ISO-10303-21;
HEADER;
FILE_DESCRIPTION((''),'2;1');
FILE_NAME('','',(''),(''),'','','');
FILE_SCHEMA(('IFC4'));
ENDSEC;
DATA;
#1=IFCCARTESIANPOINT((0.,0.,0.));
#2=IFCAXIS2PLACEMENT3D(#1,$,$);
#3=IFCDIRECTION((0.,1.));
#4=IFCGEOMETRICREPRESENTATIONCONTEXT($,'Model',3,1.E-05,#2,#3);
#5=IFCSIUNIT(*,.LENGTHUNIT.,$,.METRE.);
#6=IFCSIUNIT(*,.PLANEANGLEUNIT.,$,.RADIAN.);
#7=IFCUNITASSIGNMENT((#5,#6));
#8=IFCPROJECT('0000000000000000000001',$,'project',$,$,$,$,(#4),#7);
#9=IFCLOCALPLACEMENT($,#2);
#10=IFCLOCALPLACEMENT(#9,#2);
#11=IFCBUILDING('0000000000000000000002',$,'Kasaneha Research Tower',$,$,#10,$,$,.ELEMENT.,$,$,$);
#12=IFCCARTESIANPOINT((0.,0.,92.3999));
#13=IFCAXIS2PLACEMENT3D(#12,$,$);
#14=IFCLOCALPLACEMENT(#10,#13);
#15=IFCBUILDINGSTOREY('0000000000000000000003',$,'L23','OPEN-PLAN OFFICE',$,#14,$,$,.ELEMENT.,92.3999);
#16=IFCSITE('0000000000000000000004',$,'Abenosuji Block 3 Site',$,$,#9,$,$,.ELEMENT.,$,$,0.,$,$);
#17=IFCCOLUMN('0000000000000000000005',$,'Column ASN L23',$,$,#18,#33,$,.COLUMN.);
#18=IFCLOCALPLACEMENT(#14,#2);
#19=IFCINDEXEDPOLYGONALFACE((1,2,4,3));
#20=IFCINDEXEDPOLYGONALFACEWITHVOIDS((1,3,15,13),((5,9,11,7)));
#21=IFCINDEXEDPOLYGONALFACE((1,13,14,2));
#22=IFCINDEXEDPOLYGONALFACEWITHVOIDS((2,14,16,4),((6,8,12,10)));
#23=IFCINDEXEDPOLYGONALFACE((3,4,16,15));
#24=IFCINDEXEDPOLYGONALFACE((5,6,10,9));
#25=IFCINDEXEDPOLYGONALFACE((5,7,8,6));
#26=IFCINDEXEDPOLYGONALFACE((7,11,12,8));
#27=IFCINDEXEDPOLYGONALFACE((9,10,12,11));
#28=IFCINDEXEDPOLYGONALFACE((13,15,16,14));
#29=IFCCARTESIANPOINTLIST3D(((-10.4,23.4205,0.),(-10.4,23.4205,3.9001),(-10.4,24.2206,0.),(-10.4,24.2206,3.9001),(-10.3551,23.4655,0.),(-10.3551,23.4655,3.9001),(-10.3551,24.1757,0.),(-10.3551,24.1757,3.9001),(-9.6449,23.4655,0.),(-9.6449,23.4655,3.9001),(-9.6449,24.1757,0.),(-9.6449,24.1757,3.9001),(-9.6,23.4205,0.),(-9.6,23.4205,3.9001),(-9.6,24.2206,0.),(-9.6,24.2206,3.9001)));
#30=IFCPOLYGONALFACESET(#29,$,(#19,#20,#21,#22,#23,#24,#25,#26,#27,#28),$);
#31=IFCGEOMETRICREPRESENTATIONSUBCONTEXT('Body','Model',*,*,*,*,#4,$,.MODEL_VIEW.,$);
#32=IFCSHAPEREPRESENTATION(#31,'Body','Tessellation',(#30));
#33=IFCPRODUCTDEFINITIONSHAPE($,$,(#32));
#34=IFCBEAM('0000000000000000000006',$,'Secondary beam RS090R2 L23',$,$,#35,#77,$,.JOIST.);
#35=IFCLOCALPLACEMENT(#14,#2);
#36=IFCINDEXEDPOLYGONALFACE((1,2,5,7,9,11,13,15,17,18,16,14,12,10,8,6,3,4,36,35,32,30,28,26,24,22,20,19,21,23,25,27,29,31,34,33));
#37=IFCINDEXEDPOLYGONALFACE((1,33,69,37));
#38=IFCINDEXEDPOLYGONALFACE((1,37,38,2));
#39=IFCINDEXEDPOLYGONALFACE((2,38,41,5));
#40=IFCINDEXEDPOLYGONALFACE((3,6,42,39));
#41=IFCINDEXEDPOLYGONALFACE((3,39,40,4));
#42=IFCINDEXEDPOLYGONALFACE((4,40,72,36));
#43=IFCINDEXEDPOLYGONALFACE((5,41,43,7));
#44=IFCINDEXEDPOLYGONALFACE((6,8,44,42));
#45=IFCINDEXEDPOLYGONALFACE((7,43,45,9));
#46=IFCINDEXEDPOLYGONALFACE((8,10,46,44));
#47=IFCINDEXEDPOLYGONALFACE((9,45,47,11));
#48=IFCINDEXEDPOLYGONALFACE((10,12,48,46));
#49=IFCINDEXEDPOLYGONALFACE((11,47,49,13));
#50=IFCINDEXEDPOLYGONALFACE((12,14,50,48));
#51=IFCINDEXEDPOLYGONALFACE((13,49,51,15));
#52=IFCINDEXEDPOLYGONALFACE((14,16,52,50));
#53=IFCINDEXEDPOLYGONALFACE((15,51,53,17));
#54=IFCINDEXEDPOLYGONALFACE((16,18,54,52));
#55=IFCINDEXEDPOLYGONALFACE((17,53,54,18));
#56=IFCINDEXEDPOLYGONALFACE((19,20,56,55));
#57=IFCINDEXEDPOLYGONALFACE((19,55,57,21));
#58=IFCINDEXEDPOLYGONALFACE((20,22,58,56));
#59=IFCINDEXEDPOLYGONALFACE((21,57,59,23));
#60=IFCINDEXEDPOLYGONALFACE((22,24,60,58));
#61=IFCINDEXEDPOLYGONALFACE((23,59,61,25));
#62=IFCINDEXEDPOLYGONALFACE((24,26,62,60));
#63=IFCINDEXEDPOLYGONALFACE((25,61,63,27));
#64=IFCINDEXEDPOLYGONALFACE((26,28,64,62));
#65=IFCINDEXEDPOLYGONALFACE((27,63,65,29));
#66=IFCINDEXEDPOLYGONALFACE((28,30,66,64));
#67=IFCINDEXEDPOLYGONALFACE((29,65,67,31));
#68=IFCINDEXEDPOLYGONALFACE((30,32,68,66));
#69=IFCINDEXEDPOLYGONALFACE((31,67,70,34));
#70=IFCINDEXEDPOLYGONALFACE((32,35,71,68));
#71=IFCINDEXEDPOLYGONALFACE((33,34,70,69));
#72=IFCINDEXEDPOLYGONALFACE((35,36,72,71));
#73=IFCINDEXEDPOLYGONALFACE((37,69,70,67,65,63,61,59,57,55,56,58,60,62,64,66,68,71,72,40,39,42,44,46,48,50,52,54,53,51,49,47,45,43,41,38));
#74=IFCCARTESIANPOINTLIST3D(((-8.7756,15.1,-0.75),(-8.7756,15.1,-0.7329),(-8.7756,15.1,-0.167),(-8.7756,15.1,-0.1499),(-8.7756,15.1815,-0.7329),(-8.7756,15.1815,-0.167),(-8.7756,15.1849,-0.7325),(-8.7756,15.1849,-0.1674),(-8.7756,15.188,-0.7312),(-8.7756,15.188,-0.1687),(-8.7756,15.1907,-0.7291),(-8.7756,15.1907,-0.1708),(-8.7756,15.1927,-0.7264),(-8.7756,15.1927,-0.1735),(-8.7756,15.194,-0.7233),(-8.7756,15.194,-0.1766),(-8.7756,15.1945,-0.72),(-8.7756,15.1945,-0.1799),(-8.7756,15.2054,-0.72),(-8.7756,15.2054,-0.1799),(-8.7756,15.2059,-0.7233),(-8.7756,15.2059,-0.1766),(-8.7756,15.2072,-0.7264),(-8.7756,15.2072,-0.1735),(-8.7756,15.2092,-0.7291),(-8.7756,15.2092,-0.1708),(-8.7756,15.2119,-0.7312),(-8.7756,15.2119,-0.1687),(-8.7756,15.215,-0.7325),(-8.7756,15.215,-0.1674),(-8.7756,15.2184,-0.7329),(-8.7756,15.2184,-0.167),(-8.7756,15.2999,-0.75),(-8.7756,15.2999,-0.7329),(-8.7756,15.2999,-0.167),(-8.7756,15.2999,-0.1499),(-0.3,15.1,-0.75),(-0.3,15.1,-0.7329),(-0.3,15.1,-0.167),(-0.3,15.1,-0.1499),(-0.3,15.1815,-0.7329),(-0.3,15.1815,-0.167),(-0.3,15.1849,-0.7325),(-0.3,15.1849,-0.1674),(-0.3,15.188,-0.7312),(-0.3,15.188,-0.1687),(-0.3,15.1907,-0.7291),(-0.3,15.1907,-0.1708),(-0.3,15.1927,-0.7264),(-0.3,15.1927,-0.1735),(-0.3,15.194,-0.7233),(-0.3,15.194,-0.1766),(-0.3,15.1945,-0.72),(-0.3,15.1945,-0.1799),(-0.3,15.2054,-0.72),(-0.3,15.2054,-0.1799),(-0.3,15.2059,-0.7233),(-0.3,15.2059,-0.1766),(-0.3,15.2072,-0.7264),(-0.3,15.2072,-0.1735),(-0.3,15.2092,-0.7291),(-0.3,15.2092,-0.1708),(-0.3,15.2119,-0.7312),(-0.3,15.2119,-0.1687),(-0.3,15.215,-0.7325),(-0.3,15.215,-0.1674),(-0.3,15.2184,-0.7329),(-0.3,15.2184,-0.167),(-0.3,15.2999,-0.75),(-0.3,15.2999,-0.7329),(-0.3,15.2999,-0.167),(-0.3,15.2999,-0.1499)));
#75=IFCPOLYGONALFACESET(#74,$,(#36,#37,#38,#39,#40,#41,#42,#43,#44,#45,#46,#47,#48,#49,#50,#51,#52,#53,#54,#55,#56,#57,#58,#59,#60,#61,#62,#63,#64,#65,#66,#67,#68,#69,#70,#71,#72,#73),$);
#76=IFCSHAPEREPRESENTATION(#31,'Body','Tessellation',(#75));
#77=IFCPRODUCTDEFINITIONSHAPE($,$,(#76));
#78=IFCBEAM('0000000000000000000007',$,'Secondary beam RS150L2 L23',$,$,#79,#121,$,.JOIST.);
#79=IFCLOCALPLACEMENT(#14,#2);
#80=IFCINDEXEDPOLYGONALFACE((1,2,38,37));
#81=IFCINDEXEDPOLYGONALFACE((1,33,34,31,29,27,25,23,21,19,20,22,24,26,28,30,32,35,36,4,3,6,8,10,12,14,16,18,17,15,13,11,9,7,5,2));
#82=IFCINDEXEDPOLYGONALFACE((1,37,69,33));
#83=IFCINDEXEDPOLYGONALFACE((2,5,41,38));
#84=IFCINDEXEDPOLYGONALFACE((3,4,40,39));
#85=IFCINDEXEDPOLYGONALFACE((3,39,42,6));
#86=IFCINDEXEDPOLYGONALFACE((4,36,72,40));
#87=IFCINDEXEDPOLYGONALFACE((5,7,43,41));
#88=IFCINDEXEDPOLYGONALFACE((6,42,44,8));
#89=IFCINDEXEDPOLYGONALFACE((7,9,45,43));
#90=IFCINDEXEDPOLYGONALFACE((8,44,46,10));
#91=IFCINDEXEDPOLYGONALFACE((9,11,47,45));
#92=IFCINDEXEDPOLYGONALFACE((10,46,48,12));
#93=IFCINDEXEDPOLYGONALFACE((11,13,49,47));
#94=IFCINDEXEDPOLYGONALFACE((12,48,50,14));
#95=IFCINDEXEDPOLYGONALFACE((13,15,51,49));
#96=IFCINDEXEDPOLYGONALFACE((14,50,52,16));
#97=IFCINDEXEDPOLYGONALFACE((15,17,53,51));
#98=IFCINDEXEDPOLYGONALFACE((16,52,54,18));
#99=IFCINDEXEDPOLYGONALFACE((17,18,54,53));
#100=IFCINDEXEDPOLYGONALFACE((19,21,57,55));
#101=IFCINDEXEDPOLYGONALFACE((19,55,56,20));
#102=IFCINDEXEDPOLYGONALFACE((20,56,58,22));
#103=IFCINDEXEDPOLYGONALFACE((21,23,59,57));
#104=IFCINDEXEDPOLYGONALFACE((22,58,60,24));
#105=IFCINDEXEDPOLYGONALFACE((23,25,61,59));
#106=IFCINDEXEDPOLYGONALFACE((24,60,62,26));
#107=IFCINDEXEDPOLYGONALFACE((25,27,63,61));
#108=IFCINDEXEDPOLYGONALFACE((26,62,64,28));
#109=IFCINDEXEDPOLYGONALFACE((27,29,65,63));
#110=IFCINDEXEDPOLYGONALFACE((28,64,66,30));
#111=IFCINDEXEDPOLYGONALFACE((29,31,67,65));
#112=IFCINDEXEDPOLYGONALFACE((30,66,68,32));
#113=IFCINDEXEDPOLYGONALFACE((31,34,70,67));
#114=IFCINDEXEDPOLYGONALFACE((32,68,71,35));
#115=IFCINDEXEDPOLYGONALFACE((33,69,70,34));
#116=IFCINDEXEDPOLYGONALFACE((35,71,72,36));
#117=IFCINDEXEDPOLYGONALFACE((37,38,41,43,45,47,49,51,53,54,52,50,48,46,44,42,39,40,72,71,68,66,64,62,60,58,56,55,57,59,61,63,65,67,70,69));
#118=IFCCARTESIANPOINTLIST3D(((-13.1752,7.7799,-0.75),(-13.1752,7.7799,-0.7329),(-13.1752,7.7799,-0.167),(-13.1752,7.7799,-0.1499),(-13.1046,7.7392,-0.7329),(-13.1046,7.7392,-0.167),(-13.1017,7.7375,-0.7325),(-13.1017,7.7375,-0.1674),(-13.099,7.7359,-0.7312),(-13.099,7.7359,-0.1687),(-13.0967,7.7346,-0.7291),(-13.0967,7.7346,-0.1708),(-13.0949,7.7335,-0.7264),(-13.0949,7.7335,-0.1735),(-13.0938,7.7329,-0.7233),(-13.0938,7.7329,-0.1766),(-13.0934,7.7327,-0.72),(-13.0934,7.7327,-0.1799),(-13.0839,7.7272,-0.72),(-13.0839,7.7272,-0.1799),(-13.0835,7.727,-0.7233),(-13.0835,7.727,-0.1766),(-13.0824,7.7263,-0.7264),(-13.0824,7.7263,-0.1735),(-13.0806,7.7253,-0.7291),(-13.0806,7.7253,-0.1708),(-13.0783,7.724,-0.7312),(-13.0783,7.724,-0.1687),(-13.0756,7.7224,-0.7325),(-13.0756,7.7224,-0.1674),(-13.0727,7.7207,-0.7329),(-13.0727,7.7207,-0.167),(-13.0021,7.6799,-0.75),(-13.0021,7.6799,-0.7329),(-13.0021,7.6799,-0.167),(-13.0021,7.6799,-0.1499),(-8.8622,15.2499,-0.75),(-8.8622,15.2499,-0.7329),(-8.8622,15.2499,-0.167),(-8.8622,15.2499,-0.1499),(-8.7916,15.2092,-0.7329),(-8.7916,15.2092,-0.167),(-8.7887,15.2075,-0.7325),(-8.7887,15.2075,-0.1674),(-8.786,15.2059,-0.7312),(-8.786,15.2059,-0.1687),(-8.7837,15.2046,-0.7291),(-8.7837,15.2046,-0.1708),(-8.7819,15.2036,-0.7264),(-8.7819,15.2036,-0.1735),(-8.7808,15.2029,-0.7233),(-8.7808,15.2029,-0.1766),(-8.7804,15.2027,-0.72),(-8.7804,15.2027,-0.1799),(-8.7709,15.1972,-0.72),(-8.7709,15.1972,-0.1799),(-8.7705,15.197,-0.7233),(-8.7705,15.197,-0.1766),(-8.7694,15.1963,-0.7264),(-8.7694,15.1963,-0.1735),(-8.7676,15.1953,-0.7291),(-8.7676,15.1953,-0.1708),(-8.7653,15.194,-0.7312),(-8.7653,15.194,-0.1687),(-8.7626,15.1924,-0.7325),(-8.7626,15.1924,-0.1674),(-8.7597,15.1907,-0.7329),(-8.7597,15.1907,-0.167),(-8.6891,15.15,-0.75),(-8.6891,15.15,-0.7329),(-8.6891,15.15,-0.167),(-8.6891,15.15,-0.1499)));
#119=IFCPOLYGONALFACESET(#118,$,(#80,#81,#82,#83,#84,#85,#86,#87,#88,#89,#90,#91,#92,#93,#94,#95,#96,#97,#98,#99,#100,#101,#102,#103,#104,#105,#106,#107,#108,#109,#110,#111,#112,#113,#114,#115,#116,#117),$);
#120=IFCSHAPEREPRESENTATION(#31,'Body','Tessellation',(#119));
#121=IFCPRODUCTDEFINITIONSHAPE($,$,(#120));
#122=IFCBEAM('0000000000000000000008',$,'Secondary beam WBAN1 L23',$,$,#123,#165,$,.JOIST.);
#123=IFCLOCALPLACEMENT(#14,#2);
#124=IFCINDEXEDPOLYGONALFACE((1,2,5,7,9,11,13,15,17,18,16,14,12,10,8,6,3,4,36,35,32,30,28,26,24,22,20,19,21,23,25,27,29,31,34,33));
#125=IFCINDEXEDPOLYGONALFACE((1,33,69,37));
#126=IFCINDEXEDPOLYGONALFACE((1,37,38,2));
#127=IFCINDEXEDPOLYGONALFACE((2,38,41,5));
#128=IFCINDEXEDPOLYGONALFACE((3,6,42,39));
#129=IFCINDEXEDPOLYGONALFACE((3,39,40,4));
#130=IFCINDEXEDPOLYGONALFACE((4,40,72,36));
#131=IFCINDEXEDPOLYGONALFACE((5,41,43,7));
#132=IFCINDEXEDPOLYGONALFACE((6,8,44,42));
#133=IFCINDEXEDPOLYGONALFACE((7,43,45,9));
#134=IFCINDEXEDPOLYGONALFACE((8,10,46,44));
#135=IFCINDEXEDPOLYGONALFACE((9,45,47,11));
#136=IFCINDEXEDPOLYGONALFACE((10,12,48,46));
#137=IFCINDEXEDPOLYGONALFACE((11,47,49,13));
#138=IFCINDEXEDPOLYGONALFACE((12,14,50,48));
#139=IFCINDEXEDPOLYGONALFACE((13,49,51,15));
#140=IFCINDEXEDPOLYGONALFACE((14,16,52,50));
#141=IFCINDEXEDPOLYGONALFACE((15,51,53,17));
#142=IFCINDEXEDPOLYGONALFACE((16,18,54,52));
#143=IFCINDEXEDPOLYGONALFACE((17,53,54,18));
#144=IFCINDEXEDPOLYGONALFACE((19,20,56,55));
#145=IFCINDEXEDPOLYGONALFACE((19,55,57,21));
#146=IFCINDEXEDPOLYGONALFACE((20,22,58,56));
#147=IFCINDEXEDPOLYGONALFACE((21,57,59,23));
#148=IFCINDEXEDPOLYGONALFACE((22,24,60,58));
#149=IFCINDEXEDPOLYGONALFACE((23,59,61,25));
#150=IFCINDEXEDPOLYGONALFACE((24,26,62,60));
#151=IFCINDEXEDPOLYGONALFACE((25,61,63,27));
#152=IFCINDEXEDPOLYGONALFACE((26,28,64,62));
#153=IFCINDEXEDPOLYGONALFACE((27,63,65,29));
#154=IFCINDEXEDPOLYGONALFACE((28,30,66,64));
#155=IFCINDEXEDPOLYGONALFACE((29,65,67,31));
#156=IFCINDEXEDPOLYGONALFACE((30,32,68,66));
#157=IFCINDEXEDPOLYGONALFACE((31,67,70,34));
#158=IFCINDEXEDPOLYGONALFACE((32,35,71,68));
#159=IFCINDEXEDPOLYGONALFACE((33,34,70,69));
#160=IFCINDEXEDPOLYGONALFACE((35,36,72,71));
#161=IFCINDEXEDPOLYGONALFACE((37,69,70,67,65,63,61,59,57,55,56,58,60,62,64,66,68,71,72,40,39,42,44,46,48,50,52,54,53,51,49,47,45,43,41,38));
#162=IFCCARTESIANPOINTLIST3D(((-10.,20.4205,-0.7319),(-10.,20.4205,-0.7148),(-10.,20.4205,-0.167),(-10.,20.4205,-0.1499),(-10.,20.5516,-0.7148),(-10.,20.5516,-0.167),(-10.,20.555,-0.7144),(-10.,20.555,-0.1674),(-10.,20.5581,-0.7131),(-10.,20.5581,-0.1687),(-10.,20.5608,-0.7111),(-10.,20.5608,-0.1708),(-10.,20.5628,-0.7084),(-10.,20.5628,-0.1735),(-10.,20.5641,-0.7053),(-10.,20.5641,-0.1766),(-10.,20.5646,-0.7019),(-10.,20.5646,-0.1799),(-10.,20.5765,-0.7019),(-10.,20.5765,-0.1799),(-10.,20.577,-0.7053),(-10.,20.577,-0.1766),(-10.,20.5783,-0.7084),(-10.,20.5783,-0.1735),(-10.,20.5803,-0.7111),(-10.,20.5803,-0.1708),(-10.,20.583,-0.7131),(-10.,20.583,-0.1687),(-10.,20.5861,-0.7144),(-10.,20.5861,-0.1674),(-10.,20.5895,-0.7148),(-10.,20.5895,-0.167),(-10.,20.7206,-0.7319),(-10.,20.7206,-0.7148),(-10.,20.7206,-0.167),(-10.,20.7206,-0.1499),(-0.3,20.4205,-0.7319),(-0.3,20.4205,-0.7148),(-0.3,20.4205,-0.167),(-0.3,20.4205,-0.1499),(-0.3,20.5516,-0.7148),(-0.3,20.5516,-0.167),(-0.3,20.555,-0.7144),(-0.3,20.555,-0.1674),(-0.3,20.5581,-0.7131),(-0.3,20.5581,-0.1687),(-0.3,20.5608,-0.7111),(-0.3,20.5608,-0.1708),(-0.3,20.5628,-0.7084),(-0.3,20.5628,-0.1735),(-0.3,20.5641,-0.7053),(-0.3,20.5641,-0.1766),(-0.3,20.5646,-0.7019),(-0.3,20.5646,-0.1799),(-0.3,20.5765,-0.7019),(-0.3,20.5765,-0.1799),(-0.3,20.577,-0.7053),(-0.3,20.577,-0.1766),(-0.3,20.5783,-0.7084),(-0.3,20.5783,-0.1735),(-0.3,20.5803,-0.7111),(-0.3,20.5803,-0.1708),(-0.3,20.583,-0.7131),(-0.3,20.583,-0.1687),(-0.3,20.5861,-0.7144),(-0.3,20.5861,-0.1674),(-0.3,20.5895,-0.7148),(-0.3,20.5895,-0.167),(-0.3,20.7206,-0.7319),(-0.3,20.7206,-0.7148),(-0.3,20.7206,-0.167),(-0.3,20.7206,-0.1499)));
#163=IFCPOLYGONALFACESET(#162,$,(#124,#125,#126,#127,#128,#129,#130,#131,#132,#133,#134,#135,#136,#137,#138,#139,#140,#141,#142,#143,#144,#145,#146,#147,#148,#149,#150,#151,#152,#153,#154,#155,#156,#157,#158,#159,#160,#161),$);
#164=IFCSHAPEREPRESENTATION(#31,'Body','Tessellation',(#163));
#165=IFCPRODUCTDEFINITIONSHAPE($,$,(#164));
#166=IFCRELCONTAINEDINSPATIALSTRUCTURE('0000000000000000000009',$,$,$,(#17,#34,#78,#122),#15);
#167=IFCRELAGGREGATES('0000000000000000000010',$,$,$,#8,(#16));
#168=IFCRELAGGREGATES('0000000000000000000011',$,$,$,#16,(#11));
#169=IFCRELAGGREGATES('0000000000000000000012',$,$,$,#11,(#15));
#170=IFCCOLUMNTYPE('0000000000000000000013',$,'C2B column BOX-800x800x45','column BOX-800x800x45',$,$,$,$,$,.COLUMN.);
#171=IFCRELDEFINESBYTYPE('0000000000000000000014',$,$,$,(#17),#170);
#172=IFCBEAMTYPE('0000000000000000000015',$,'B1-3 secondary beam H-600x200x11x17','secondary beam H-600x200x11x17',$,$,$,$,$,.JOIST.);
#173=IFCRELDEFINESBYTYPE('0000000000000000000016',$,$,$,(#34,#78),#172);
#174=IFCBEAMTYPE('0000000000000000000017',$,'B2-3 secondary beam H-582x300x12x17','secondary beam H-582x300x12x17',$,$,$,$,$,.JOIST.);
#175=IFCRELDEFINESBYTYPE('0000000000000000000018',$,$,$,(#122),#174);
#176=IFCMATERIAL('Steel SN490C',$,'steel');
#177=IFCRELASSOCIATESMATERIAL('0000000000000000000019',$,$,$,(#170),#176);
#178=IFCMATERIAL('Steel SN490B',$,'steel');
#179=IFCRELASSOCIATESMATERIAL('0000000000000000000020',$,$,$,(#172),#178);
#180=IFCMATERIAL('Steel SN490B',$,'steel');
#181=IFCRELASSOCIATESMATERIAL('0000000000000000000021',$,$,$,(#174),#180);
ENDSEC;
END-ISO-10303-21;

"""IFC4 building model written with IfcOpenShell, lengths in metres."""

from ifc_helpers import new_model, si_unit, direction, frame, origin, origin_2d, place, context, subcontext, project, spatial, hollow_rectangle, i_section, extrude, material, material_profile, profile_set, type_object, element, save


model = new_model("IFC4")

# Units and contexts
model_context = context("Model", 3, precision=1e-05, world=origin(), true_north=direction((0.0, 1.0)))
body_context = subcontext(model_context, "Body", "Model", "MODEL_VIEW")
ifc_project = project(units=[si_unit("LENGTHUNIT", "METRE"), si_unit("PLANEANGLEUNIT", "RADIAN")], contexts=[model_context])

# Site, building, storey
site_placement = place(None, origin())
site = spatial("IfcSite", under=ifc_project, at=site_placement, Name="Abenosuji Block 3 Site", CompositionType="ELEMENT", RefElevation=0.0)
building_placement = place(site_placement, origin())
building = spatial("IfcBuilding", under=site, at=building_placement, Name="Kasaneha Research Tower", CompositionType="ELEMENT")
storey_placement = place(building_placement, frame((0.0, 0.0, 92.3999)))
storey = spatial("IfcBuildingStorey", under=building, at=storey_placement, Name="L23", Description="OPEN-PLAN OFFICE", CompositionType="ELEMENT", Elevation=92.3999)

# Column
ifc_material_1 = material(Name="Steel SN490C", Category="steel")
ifc_material_profile_1 = material_profile(ifc_material_1, hollow_rectangle(XDim=0.8, YDim=0.8, WallThickness=0.0449, at=origin_2d()), Name="BOX-800x800x45")
ifc_profile_set_1 = profile_set([ifc_material_profile_1], Name="Steel SN490C")
column_type = type_object("IfcColumnType", Name="C2B column BOX-800x800x45", Description="column BOX-800x800x45", PredefinedType="COLUMN", material=ifc_profile_set_1)
column_placement = place(storey_placement, frame((-10.0, 23.8206, 0.0), z_axis=(0.0, 0.0, 1.0), x_axis=(1.0, 0.0, 0.0)))
element("IfcColumn", 1, at=column_placement, inside=storey, type_object=column_type, Name="Column ASN L23", PredefinedType="COLUMN", context=body_context, shape_type="SweptSolid", body=[
    extrude(hollow_rectangle(XDim=0.8, YDim=0.8, WallThickness=0.0449, at=origin_2d()), origin(), (0.0, 0.0, 1.0), 3.9001),
])

# Beams
ifc_material_2 = material(Name="Steel SN490B", Category="steel")
ifc_material_profile_2 = material_profile(ifc_material_2, i_section(OverallWidth=0.2, OverallDepth=0.6001, WebThickness=0.011, FlangeThickness=0.0171, FilletRadius=0.0129, at=origin_2d()), Name="H-600x200x11x17")
ifc_profile_set_2 = profile_set([ifc_material_profile_2], Name="Steel SN490B")
beam_type_1 = type_object("IfcBeamType", Name="B1-3 secondary beam H-600x200x11x17", Description="secondary beam H-600x200x11x17", PredefinedType="JOIST", material=ifc_profile_set_2)
beam_1_placement = place(storey_placement, frame((-8.7756, 15.2, -0.45), z_axis=(1.0, 0.0, 0.0), x_axis=(0.0, 1.0, 0.0)))
element("IfcBeam", 2, at=beam_1_placement, inside=storey, type_object=beam_type_1, Name="Secondary beam RS090R2 L23", PredefinedType="JOIST", context=body_context, shape_type="SweptSolid", body=[
    extrude(i_section(OverallWidth=0.2, OverallDepth=0.6001, WebThickness=0.011, FlangeThickness=0.0171, FilletRadius=0.0129, at=origin_2d()), origin(), (0.0, 0.0, 1.0), 8.4756),
])
beam_2_placement = place(storey_placement, frame((-8.7756, 15.2, -0.45), z_axis=(-0.500017, -0.866015, 0.0), x_axis=(0.866015, -0.500017, 0.0)))
element("IfcBeam", 3, at=beam_2_placement, inside=storey, type_object=beam_type_1, Name="Secondary beam RS150L2 L23", PredefinedType="JOIST", context=body_context, shape_type="SweptSolid", body=[
    extrude(i_section(OverallWidth=0.2, OverallDepth=0.6001, WebThickness=0.011, FlangeThickness=0.0171, FilletRadius=0.0129, at=origin_2d()), origin(), (0.0, 0.0, 1.0), 8.6257),
])
ifc_material_3 = material(Name="Steel SN490B", Category="steel")
ifc_material_profile_3 = material_profile(ifc_material_3, i_section(OverallWidth=0.3, OverallDepth=0.582, WebThickness=0.012, FlangeThickness=0.0171, FilletRadius=0.0129, at=origin_2d()), Name="H-582x300x12x17")
ifc_profile_set_3 = profile_set([ifc_material_profile_3], Name="Steel SN490B")
beam_type_2 = type_object("IfcBeamType", Name="B2-3 secondary beam H-582x300x12x17", Description="secondary beam H-582x300x12x17", PredefinedType="JOIST", material=ifc_profile_set_3)
beam_3_placement = place(storey_placement, frame((-10.0, 20.5706, -0.4409), z_axis=(1.0, 0.0, 0.0), x_axis=(0.0, 1.0, 0.0)))
element("IfcBeam", 4, at=beam_3_placement, inside=storey, type_object=beam_type_2, Name="Secondary beam WBAN1 L23", PredefinedType="JOIST", context=body_context, shape_type="SweptSolid", body=[
    extrude(i_section(OverallWidth=0.3, OverallDepth=0.582, WebThickness=0.012, FlangeThickness=0.0171, FilletRadius=0.0129, at=origin_2d()), origin(), (0.0, 0.0, 1.0), 9.7),
])

save(model, "model.ifc")
